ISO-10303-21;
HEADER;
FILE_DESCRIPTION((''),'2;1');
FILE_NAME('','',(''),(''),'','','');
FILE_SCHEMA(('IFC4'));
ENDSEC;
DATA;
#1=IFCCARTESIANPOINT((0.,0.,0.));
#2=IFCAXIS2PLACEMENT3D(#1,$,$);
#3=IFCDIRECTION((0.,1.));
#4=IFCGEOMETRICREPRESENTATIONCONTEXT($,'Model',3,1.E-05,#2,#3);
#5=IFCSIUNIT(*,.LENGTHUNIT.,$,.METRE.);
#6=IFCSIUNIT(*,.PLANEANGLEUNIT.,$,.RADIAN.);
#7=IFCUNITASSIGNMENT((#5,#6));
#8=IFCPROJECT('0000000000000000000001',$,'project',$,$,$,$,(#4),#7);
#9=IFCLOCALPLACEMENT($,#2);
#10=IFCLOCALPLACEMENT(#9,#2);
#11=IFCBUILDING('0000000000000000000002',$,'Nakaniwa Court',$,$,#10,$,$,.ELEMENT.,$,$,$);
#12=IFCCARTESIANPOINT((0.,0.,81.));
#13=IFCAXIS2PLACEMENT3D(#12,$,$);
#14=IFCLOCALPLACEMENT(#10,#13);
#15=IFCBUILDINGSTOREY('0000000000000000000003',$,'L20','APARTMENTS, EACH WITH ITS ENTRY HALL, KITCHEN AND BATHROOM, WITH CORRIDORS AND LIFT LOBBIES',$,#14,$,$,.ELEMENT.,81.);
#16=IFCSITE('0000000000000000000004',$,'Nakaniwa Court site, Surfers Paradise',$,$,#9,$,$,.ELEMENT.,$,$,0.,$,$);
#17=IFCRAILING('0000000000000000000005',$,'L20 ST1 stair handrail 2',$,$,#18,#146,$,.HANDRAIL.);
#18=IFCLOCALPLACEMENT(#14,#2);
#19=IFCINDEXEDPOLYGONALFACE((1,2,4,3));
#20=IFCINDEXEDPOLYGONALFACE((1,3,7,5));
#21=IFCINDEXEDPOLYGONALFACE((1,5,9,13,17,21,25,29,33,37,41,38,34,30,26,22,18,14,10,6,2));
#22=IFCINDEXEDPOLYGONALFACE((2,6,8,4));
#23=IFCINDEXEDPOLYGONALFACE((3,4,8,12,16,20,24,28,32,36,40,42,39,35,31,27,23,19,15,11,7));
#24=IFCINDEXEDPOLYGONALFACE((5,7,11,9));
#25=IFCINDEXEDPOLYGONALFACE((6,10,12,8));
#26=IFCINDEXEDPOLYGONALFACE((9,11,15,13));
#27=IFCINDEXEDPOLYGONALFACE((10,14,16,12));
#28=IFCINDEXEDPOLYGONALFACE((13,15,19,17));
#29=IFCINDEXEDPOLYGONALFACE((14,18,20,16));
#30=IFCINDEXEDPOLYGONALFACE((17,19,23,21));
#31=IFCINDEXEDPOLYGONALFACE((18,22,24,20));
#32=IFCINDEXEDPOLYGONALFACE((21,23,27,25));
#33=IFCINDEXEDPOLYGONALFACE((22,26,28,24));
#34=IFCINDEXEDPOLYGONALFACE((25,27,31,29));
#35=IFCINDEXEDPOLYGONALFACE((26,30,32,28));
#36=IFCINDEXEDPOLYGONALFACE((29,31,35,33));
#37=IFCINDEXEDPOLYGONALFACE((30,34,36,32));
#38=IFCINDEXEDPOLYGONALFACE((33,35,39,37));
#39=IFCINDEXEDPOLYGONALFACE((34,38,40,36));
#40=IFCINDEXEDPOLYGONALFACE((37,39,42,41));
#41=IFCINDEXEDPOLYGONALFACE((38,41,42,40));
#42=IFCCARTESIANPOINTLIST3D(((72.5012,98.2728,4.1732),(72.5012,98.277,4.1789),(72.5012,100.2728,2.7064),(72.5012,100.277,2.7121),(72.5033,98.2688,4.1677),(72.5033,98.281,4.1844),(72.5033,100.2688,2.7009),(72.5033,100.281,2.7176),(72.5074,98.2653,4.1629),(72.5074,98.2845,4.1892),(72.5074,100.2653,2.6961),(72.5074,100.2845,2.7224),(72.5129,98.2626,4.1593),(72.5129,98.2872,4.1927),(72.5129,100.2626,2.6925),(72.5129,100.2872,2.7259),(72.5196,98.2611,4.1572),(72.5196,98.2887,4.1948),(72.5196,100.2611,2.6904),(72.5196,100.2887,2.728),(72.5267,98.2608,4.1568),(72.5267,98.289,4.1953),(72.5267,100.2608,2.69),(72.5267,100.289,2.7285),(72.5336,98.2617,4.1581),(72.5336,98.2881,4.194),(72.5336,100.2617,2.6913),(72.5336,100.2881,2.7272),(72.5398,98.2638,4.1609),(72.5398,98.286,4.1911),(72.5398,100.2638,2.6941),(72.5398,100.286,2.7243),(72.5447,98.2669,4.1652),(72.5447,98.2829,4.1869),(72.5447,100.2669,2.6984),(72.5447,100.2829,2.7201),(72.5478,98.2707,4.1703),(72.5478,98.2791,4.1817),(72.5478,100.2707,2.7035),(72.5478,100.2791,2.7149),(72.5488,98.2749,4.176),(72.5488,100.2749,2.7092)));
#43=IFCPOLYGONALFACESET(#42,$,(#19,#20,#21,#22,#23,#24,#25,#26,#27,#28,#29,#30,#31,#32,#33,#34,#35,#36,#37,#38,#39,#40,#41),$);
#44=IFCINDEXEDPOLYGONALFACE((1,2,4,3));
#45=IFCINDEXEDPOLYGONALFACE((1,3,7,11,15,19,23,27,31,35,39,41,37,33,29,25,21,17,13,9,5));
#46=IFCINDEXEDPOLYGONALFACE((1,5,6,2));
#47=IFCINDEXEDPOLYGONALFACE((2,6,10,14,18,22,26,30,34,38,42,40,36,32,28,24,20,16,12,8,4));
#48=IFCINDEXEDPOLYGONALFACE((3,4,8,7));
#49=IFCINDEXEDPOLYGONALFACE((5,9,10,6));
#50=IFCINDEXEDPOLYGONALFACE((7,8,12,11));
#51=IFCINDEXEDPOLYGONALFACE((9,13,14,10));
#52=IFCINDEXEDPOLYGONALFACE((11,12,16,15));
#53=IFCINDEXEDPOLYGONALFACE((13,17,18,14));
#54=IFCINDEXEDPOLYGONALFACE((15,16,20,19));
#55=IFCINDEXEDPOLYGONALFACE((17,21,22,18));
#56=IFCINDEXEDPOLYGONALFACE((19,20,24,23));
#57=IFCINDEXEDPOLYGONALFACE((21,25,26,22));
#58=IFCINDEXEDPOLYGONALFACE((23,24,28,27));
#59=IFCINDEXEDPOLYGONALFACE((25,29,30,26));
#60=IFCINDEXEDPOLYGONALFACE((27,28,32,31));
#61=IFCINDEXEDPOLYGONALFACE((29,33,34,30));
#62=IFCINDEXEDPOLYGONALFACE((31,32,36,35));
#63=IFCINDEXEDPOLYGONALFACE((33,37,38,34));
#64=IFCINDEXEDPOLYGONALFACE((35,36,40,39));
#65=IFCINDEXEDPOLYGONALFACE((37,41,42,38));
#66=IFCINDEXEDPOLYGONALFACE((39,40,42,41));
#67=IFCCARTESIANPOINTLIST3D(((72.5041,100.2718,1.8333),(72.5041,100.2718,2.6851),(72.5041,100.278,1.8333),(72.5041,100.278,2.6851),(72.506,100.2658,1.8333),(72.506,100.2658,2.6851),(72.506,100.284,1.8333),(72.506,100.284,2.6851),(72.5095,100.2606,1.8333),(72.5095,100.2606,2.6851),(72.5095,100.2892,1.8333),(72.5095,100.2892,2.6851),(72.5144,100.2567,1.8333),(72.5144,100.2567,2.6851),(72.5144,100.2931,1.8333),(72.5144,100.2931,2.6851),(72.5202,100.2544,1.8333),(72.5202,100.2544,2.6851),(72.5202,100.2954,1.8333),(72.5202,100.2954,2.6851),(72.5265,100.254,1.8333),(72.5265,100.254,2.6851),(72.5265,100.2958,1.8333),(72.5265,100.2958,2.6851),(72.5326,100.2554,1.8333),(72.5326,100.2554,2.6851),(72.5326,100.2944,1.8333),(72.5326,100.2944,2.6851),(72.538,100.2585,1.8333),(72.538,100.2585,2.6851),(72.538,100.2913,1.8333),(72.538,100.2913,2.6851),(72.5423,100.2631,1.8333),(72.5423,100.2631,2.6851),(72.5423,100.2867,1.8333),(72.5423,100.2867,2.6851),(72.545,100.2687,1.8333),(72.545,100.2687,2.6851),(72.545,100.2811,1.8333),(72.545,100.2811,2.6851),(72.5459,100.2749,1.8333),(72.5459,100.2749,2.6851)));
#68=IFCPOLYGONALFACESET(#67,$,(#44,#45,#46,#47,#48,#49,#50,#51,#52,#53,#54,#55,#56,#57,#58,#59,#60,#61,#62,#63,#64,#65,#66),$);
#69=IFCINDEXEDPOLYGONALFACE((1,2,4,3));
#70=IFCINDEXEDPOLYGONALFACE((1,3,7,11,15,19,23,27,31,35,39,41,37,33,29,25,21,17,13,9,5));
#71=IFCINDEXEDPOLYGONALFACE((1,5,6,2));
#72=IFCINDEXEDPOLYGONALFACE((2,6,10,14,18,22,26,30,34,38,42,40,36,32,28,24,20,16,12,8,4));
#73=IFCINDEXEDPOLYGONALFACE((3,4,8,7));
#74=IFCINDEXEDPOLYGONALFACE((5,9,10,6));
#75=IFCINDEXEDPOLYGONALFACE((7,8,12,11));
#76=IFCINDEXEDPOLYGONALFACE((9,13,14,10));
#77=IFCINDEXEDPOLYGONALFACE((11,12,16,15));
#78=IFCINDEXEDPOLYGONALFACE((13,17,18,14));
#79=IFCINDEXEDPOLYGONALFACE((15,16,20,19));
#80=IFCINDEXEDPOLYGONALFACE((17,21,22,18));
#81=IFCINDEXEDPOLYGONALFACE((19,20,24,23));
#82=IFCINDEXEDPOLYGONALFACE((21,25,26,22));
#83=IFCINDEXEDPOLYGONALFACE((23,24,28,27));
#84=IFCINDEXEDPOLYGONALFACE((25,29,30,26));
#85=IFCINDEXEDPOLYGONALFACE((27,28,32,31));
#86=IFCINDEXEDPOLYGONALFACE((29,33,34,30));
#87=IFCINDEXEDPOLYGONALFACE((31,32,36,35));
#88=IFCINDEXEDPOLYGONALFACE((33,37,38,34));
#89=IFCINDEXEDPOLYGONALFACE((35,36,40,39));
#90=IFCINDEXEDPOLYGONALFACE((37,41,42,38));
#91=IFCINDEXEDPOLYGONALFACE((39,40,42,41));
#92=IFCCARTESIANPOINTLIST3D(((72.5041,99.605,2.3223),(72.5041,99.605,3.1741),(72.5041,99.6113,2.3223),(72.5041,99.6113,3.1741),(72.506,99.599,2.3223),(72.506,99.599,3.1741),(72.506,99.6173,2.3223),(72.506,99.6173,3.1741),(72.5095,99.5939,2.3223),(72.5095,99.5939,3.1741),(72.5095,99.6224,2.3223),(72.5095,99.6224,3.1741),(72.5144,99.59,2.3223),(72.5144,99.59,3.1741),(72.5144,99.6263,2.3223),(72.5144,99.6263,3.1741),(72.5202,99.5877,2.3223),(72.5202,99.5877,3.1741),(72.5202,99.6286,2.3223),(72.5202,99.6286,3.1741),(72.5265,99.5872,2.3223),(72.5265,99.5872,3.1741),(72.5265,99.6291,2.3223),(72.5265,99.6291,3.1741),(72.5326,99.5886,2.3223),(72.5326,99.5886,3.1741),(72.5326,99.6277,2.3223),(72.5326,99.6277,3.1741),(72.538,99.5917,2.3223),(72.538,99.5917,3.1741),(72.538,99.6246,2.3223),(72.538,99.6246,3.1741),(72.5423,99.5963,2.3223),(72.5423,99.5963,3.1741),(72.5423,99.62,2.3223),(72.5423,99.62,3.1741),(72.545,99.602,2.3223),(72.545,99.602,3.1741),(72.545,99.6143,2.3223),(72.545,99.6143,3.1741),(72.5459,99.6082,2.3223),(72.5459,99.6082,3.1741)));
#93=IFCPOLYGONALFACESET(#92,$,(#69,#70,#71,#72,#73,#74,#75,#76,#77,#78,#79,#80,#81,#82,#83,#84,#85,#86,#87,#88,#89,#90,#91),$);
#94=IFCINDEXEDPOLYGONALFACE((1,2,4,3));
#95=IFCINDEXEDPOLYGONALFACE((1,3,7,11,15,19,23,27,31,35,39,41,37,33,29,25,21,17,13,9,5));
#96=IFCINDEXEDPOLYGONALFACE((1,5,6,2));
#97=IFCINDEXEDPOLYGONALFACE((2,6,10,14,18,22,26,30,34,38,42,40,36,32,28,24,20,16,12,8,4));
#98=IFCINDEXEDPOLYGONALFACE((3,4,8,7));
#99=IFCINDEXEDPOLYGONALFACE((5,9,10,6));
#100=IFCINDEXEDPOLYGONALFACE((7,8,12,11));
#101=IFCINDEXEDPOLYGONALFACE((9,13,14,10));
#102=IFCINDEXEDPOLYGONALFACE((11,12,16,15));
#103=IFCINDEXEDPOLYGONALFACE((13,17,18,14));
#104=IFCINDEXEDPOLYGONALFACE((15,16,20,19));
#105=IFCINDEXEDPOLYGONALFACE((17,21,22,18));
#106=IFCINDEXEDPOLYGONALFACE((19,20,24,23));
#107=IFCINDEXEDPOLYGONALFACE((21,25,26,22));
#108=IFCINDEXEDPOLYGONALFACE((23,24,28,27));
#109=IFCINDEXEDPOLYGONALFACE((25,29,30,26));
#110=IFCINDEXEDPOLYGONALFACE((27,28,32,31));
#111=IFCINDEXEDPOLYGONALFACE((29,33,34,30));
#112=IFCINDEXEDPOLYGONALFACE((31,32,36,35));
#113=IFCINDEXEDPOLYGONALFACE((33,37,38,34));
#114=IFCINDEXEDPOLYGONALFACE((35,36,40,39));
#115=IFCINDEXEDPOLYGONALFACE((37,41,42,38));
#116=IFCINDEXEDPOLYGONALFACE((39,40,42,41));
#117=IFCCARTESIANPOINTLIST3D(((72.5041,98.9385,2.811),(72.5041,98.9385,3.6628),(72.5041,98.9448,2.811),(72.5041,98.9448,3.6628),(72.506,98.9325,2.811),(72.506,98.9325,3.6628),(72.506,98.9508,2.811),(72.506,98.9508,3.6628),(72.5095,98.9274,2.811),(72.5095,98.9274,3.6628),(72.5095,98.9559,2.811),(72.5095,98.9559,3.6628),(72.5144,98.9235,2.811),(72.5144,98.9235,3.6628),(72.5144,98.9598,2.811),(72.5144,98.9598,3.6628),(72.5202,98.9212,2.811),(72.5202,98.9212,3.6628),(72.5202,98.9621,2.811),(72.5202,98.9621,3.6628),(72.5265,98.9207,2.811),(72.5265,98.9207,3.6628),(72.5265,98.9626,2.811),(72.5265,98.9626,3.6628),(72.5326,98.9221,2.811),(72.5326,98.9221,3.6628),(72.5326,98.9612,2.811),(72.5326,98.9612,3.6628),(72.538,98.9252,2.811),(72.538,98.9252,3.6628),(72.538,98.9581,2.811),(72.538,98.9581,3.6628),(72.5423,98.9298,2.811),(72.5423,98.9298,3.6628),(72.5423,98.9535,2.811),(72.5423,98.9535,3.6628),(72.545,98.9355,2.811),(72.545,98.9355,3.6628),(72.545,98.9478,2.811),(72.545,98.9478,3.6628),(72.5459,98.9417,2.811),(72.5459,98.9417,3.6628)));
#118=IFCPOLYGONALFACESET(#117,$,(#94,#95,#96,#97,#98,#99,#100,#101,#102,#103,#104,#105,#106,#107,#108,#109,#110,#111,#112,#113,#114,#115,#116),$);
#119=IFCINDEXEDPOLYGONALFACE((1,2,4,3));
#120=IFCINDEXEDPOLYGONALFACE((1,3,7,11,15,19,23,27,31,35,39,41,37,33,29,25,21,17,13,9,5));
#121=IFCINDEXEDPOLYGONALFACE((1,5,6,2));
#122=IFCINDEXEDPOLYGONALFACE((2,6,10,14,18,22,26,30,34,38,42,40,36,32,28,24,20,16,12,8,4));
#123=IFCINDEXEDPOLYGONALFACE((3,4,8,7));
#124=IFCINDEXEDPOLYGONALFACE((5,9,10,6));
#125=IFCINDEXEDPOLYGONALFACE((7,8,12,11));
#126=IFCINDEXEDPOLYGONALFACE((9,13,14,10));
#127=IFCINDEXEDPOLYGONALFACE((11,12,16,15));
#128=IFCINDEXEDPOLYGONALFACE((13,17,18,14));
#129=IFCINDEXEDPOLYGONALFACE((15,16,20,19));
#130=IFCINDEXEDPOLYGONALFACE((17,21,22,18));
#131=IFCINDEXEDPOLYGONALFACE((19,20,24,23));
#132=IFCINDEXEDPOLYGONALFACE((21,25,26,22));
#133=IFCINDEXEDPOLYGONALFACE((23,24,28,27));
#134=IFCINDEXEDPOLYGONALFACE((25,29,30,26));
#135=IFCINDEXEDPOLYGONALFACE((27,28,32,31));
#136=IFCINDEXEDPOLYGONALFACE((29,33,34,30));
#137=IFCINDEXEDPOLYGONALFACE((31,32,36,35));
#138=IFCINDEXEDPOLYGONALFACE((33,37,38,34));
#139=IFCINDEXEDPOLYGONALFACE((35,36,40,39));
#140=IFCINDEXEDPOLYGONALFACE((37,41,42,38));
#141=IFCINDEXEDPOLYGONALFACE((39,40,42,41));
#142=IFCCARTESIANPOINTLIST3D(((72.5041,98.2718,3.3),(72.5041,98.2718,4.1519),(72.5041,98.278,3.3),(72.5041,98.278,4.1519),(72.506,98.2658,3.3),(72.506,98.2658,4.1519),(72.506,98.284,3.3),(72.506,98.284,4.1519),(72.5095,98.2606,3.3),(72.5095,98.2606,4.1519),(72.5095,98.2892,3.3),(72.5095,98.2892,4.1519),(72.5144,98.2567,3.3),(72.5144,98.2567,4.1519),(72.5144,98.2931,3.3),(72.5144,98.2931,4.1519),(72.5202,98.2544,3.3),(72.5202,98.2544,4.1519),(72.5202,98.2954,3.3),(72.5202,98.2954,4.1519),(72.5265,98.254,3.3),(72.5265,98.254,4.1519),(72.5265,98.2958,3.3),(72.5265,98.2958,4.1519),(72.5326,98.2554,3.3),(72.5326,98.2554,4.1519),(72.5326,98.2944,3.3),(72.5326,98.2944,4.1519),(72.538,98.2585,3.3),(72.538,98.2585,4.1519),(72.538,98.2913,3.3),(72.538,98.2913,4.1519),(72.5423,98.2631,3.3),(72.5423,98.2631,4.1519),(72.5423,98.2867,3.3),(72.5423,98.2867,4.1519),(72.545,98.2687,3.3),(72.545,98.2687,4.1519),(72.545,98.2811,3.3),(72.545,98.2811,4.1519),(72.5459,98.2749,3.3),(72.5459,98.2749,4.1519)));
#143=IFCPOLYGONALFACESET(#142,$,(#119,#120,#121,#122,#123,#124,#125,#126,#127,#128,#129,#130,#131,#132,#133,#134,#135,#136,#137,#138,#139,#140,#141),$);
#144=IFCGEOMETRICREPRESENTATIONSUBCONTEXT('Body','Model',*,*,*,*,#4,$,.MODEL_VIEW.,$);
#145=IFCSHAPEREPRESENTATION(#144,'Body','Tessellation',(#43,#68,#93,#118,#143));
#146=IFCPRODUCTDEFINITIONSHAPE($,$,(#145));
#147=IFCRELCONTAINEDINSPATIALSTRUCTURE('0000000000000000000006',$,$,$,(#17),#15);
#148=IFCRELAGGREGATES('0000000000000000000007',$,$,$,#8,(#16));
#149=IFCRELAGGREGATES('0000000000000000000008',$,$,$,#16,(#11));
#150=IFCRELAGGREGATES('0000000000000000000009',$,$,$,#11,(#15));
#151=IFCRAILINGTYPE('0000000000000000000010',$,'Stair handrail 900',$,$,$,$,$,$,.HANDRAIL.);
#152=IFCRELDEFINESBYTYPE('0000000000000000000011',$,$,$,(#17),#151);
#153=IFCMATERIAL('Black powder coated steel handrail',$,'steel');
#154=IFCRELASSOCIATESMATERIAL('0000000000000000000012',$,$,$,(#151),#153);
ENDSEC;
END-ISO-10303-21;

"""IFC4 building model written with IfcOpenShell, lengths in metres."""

from ifc_helpers import new_model, si_unit, direction, frame, origin, origin_2d, place, context, subcontext, project, spatial, circle, extrude, material, type_object, element, save


model = new_model("IFC4")

# Units and contexts
model_context = context("Model", 3, precision=1e-05, world=origin(), true_north=direction((0.0, 1.0)))
body_context = subcontext(model_context, "Body", "Model", "MODEL_VIEW")
ifc_project = project(units=[si_unit("LENGTHUNIT", "METRE"), si_unit("PLANEANGLEUNIT", "RADIAN")], contexts=[model_context])

# Site, building, storey
site_placement = place(None, origin())
site = spatial("IfcSite", under=ifc_project, at=site_placement, Name="Nakaniwa Court site, Surfers Paradise", CompositionType="ELEMENT", RefElevation=0.0)
building_placement = place(site_placement, origin())
building = spatial("IfcBuilding", under=site, at=building_placement, Name="Nakaniwa Court", CompositionType="ELEMENT")
storey_placement = place(building_placement, frame((0.0, 0.0, 81.0)))
storey = spatial("IfcBuildingStorey", under=building, at=storey_placement, Name="L20", Description="APARTMENTS, EACH WITH ITS ENTRY HALL, KITCHEN AND BATHROOM, WITH CORRIDORS AND LIFT LOBBIES", CompositionType="ELEMENT", Elevation=81.0)

# Railing
ifc_material_1 = material(Name="Black powder coated steel handrail", Category="steel")
railing_type_1 = type_object("IfcRailingType", Name="Stair handrail 900", PredefinedType="HANDRAIL", material=ifc_material_1)
railing_1_placement = place(storey_placement, frame((72.5249, 100.2749, 1.8333)))
element("IfcRailing", 1, at=railing_1_placement, inside=storey, type_object=railing_type_1, Name="L20 ST1 stair handrail 2", PredefinedType="HANDRAIL", context=body_context, shape_type="SweptSolid", body=[
    extrude(circle(Radius=0.0239, at=origin_2d()), frame((0.0, 0.0, 0.876), z_axis=(0.0, -0.80638, 0.591398), x_axis=(1.0, 0.0, 0.0)), (0.0, 0.0, 1.0), 2.4802),
    extrude(circle(Radius=0.021, at=origin_2d()), origin(), (0.0, 0.0, 1.0), 0.8518),
    extrude(circle(Radius=0.021, at=origin_2d()), frame((0.0, -0.6667, 0.489)), (0.0, 0.0, 1.0), 0.8518),
    extrude(circle(Radius=0.021, at=origin_2d()), frame((0.0, -1.3333, 0.9778)), (0.0, 0.0, 1.0), 0.8518),
    extrude(circle(Radius=0.021, at=origin_2d()), frame((0.0, -2.0, 1.4668)), (0.0, 0.0, 1.0), 0.8518),
])

save(model, "model.ifc")
